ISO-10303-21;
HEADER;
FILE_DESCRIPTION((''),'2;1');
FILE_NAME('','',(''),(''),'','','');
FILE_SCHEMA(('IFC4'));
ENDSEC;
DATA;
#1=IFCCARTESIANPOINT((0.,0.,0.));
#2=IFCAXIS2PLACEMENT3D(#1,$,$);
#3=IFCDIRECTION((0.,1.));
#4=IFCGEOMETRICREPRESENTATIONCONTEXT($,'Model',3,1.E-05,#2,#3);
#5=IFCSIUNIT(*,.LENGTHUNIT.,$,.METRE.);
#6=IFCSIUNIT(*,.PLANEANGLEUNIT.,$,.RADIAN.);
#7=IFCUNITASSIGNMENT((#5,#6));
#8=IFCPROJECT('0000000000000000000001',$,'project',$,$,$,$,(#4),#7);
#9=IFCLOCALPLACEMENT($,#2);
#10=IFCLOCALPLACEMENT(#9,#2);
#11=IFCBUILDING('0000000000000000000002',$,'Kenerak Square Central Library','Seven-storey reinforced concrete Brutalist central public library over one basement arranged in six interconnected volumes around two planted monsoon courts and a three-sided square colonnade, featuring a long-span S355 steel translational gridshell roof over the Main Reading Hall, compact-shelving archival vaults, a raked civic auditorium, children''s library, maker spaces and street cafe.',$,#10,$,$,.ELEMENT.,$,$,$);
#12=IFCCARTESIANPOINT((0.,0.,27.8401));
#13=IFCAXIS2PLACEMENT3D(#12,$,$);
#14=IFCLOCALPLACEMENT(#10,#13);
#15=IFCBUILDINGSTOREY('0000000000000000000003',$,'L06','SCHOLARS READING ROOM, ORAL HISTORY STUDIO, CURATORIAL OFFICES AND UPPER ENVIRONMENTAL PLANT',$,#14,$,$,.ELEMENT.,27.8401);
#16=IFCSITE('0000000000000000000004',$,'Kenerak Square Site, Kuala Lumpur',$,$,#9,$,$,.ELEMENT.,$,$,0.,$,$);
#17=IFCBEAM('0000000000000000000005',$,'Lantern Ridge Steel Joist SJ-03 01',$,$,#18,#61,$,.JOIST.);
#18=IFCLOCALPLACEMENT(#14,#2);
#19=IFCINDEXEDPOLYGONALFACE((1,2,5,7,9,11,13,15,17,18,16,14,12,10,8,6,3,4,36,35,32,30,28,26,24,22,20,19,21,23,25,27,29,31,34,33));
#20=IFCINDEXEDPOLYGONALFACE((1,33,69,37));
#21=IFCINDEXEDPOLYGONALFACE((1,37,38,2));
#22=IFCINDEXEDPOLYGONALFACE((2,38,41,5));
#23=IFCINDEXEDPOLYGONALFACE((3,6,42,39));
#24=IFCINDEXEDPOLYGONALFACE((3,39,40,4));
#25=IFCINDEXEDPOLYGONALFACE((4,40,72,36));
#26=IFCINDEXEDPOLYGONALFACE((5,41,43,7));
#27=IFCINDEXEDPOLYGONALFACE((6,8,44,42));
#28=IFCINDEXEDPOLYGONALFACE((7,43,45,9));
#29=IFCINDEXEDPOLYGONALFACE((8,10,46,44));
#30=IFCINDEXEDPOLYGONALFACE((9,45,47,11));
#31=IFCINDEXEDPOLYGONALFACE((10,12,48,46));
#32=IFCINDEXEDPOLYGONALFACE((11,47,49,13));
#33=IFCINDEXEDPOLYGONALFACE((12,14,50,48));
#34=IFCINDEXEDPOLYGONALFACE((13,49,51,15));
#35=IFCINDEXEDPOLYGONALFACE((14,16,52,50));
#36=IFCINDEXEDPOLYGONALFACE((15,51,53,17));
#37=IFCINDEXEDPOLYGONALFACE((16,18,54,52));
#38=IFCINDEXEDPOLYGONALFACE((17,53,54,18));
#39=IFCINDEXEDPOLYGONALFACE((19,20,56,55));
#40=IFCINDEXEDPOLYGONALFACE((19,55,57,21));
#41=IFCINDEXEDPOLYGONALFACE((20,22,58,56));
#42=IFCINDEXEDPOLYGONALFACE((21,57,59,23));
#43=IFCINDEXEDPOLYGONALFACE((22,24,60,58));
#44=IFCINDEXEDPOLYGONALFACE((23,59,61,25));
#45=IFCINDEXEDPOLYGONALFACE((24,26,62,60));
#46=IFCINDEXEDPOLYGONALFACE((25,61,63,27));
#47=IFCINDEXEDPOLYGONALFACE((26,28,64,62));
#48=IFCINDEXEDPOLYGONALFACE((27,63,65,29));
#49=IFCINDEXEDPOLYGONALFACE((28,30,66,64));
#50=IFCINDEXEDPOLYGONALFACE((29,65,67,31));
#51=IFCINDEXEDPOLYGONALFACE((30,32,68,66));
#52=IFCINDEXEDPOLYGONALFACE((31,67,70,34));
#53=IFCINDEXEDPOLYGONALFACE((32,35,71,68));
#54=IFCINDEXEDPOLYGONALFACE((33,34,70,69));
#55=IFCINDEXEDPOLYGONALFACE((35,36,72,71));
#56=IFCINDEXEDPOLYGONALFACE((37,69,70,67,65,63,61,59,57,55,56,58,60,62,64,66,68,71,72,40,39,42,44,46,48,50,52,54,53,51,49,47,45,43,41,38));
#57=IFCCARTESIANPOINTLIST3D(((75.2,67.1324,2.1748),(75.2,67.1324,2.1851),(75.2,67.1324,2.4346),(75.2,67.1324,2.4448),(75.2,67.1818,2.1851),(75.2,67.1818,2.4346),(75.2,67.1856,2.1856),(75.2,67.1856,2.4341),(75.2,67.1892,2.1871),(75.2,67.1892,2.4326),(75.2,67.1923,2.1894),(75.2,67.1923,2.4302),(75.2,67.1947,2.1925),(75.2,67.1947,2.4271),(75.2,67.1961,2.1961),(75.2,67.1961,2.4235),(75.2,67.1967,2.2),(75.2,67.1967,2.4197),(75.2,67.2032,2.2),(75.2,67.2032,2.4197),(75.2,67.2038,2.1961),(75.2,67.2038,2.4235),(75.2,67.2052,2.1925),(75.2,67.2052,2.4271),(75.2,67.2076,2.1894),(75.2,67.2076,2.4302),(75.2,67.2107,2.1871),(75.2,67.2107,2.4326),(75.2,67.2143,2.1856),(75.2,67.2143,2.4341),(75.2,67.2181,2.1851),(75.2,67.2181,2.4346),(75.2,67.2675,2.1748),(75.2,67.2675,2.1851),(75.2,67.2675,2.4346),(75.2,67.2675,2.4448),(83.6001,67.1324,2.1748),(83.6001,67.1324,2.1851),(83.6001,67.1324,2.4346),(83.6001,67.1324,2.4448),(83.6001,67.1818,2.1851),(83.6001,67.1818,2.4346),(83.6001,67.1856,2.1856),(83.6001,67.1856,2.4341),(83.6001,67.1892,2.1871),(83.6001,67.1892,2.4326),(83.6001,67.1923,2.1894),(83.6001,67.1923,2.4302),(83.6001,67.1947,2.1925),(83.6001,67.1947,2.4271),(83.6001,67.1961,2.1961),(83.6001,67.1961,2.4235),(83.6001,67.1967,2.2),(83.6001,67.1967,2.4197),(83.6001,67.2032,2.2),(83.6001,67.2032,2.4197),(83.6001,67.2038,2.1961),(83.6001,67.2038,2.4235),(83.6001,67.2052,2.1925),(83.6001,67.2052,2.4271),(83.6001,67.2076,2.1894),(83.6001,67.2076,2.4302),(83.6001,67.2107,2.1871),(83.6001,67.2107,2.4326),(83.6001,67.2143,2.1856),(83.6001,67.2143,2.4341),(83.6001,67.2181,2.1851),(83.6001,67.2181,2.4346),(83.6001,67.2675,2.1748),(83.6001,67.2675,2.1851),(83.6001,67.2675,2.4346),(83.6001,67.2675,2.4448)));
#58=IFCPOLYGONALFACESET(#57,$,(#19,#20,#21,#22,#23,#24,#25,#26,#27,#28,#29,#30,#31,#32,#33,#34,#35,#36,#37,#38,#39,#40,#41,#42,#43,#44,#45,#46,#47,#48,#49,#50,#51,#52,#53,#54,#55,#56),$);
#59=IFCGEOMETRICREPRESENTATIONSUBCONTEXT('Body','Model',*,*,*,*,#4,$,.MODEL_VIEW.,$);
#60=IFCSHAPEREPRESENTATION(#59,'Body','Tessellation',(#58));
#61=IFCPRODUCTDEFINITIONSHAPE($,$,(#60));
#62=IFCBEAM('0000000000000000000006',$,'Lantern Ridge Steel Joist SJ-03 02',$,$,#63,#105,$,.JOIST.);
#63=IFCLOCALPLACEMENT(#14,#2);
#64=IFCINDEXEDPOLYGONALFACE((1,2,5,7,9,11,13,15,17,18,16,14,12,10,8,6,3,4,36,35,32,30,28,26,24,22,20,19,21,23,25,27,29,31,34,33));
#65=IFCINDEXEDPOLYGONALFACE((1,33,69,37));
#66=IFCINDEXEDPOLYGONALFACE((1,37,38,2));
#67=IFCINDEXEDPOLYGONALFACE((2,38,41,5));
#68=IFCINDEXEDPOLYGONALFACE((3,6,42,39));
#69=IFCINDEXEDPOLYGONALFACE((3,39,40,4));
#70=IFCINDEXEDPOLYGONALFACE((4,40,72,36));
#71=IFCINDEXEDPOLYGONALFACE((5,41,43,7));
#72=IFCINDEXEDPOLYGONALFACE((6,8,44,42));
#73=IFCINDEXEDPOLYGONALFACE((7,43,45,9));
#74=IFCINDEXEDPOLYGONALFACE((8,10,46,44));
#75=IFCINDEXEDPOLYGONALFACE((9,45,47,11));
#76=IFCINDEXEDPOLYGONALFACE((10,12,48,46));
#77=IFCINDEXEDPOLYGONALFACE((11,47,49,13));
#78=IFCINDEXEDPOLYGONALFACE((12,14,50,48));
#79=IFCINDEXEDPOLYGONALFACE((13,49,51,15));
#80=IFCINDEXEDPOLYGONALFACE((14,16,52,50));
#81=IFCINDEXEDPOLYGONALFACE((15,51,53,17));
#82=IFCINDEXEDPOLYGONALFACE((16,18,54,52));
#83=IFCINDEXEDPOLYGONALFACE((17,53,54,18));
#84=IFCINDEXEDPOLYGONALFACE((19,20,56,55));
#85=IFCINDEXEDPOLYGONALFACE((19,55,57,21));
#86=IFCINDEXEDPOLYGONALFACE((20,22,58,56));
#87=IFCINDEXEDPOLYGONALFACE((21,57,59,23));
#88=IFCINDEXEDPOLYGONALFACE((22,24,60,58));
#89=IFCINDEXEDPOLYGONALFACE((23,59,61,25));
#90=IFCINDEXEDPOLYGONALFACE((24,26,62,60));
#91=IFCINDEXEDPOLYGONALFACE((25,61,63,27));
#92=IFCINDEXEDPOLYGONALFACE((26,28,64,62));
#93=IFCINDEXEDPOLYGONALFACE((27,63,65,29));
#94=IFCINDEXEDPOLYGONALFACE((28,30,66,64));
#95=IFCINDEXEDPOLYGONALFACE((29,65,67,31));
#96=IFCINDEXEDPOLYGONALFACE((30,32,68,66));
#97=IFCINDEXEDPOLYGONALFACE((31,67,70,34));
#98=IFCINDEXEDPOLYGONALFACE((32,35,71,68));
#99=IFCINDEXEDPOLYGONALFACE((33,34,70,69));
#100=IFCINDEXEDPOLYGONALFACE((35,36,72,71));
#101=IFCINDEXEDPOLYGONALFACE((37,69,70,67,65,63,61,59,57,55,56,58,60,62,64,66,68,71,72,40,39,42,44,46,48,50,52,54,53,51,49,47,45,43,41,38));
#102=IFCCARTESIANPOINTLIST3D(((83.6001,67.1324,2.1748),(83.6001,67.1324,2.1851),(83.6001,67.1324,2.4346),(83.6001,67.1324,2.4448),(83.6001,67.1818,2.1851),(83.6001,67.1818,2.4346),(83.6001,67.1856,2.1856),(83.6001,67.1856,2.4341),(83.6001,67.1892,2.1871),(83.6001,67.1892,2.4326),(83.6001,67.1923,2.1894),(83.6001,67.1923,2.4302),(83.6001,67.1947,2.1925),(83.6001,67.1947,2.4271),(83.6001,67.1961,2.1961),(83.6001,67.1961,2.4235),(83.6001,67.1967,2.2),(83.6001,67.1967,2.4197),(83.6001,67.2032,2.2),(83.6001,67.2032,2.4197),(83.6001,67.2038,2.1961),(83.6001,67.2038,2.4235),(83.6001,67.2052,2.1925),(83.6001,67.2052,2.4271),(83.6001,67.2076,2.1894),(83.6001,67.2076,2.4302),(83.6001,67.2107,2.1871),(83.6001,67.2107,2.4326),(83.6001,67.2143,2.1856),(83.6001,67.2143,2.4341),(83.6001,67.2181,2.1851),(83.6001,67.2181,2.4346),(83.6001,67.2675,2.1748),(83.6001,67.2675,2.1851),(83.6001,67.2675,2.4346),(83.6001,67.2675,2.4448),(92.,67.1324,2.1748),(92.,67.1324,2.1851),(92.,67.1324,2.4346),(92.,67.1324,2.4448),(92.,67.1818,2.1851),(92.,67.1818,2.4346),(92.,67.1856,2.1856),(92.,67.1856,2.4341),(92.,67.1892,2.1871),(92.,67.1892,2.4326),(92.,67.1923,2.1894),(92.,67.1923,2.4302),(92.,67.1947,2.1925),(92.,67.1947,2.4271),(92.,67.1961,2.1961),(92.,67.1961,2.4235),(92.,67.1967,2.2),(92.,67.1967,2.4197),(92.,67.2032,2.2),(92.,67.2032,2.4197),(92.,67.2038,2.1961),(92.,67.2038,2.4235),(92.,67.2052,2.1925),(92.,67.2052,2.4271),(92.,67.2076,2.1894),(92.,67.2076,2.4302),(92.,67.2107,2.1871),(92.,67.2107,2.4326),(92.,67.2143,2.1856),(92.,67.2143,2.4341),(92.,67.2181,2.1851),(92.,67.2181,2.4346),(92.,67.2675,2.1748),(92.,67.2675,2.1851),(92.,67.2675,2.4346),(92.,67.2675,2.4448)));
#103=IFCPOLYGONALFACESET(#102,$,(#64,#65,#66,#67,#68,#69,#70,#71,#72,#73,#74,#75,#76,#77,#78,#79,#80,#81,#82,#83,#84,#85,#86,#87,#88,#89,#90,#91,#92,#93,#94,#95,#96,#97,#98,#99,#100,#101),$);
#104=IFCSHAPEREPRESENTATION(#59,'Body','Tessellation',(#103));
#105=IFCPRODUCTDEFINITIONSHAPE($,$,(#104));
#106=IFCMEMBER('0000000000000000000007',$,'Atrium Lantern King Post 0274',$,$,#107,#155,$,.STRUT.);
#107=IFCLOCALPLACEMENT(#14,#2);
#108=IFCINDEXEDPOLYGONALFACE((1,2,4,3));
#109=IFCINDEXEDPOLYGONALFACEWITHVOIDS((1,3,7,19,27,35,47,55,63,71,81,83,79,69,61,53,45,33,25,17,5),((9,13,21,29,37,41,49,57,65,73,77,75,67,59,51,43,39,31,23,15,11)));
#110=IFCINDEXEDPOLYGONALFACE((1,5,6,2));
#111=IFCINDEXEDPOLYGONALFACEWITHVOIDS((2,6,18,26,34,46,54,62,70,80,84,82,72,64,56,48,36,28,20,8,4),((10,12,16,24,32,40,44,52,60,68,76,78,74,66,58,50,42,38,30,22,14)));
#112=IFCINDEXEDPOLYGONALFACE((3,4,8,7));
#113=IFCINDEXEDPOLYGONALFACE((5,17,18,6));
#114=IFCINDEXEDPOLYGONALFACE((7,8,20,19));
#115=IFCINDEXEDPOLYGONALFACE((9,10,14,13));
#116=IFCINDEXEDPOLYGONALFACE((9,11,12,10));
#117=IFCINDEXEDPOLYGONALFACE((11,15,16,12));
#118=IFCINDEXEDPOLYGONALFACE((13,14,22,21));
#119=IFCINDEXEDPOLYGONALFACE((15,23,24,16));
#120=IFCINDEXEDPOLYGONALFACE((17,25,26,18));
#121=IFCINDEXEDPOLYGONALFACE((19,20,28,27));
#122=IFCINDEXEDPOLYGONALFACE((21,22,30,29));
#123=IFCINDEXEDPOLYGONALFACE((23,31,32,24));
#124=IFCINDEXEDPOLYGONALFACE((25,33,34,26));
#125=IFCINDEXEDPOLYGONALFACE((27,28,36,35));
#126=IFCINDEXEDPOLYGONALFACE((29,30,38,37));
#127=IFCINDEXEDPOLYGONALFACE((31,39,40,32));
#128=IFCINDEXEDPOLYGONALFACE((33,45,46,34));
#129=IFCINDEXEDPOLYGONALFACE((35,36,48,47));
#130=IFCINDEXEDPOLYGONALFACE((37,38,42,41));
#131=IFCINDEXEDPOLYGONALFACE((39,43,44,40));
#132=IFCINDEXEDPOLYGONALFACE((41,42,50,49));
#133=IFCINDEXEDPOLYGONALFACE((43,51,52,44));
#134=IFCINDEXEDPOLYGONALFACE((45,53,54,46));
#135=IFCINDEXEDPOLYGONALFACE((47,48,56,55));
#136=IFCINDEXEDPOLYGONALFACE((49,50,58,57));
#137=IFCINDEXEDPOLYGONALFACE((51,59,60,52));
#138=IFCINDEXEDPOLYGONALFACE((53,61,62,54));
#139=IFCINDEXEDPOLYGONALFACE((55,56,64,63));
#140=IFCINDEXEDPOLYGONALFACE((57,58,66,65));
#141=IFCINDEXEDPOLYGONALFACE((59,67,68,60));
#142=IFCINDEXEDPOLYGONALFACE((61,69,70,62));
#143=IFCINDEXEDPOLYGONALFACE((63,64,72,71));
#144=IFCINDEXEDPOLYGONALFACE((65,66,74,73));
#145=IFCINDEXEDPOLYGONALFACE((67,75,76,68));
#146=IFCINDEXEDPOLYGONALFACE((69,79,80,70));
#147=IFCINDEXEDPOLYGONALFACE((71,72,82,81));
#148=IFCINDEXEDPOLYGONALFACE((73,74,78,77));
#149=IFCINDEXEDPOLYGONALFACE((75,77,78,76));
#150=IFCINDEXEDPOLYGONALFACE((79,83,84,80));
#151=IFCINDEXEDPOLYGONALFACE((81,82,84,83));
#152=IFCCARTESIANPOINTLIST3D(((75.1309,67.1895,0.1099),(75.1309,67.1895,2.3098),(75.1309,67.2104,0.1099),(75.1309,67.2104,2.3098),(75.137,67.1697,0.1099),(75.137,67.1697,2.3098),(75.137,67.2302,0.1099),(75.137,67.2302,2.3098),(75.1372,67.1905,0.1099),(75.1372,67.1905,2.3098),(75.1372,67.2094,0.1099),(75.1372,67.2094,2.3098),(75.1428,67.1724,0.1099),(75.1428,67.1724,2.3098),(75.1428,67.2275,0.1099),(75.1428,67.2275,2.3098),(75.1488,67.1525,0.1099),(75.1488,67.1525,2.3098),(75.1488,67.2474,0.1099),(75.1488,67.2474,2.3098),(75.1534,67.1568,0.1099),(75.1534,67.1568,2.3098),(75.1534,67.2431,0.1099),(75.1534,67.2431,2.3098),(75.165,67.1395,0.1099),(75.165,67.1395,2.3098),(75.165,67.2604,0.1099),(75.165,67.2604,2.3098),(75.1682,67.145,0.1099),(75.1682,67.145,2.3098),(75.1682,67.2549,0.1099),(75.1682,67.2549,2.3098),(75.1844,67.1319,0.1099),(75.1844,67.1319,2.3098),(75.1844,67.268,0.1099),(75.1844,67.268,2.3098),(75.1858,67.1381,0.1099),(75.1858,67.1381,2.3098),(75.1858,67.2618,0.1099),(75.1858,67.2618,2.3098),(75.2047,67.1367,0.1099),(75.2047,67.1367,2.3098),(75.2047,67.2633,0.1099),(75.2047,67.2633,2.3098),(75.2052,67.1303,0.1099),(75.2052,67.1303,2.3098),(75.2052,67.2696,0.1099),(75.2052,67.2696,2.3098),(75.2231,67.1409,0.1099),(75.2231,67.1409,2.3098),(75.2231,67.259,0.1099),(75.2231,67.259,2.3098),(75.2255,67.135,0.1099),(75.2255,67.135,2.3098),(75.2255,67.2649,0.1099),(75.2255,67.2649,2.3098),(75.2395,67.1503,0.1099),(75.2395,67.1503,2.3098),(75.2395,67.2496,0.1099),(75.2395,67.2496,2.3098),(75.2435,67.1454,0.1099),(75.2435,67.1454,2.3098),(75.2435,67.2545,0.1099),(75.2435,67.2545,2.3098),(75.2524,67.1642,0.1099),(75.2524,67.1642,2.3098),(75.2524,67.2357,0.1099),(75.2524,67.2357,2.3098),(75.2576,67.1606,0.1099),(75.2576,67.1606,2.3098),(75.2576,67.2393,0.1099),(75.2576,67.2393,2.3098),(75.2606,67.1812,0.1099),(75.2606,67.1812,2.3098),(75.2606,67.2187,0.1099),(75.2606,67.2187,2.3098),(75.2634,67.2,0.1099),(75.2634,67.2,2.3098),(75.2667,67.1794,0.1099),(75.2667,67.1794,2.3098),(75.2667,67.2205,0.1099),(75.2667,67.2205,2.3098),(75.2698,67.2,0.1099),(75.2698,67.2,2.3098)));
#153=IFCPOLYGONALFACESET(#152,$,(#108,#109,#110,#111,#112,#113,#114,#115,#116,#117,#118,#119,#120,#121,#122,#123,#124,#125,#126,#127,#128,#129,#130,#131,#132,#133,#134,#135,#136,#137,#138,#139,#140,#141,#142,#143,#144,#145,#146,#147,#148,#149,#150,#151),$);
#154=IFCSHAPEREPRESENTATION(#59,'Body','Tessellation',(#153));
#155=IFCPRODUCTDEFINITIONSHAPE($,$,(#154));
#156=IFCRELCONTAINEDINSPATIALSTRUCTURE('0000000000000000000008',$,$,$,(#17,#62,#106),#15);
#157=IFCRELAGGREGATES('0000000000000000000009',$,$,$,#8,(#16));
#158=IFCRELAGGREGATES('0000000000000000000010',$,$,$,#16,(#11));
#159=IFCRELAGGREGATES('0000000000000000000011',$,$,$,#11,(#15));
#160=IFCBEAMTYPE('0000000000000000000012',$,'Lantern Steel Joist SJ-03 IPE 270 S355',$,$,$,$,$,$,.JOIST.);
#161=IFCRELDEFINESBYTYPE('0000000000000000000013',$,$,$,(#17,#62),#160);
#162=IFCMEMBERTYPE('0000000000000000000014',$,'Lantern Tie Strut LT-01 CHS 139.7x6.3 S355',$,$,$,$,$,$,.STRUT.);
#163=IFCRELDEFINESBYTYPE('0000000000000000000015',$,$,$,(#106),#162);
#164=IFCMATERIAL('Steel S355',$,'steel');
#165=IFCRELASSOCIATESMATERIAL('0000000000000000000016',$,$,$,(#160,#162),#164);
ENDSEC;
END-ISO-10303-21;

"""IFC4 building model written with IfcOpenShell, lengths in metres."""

from ifc_helpers import new_model, si_unit, direction, frame, origin, origin_2d, place, context, subcontext, project, spatial, hollow_circle, i_section, extrude, material, material_profile, profile_set, type_object, element, save


model = new_model("IFC4")

# Units and contexts
model_context = context("Model", 3, precision=1e-05, world=origin(), true_north=direction((0.0, 1.0)))
body_context = subcontext(model_context, "Body", "Model", "MODEL_VIEW")
ifc_project = project(units=[si_unit("LENGTHUNIT", "METRE"), si_unit("PLANEANGLEUNIT", "RADIAN")], contexts=[model_context])

# Site, building, storey
site_placement = place(None, origin())
site = spatial("IfcSite", under=ifc_project, at=site_placement, Name="Kenerak Square Site, Kuala Lumpur", CompositionType="ELEMENT", RefElevation=0.0)
building_placement = place(site_placement, origin())
building = spatial("IfcBuilding", under=site, at=building_placement, Name="Kenerak Square Central Library", Description="Seven-storey reinforced concrete Brutalist central public library over one basement arranged in six interconnected volumes around two planted monsoon courts and a three-sided square colonnade, featuring a long-span S355 steel translational gridshell roof over the Main Reading Hall, compact-shelving archival vaults, a raked civic auditorium, children's library, maker spaces and street cafe.", CompositionType="ELEMENT")
storey_placement = place(building_placement, frame((0.0, 0.0, 27.8401)))
storey = spatial("IfcBuildingStorey", under=building, at=storey_placement, Name="L06", Description="SCHOLARS READING ROOM, ORAL HISTORY STUDIO, CURATORIAL OFFICES AND UPPER ENVIRONMENTAL PLANT", CompositionType="ELEMENT", Elevation=27.8401)

# Shared definitions
ifc_material_1 = material(Name="Steel S355", Category="steel")

# Beams
ifc_material_profile_1 = material_profile(ifc_material_1, i_section(OverallWidth=0.135, OverallDepth=0.27, WebThickness=0.0066, FlangeThickness=0.0103, FilletRadius=0.0149, at=origin_2d()), Name="IPE 270")
ifc_profile_set_1 = profile_set([ifc_material_profile_1], Name="Steel S355")
beam_type_1 = type_object("IfcBeamType", Name="Lantern Steel Joist SJ-03 IPE 270 S355", PredefinedType="JOIST", material=ifc_profile_set_1)
beam_1_placement = place(storey_placement, frame((75.2, 67.2, 2.3098), z_axis=(1.0, 0.0, 0.0), x_axis=(0.0, 1.0, 0.0)))
element("IfcBeam", 1, at=beam_1_placement, inside=storey, type_object=beam_type_1, Name="Lantern Ridge Steel Joist SJ-03 01", PredefinedType="JOIST", context=body_context, shape_type="SweptSolid", body=[
    extrude(i_section(OverallWidth=0.135, OverallDepth=0.27, WebThickness=0.0066, FlangeThickness=0.0103, FilletRadius=0.0149, at=origin_2d()), origin(), (0.0, 0.0, 1.0), 8.4001),
])
beam_2_placement = place(storey_placement, frame((83.6001, 67.2, 2.3098), z_axis=(1.0, 0.0, 0.0), x_axis=(0.0, 1.0, 0.0)))
element("IfcBeam", 2, at=beam_2_placement, inside=storey, type_object=beam_type_1, Name="Lantern Ridge Steel Joist SJ-03 02", PredefinedType="JOIST", context=body_context, shape_type="SweptSolid", body=[
    extrude(i_section(OverallWidth=0.135, OverallDepth=0.27, WebThickness=0.0066, FlangeThickness=0.0103, FilletRadius=0.0149, at=origin_2d()), origin(), (0.0, 0.0, 1.0), 8.3999),
])

# Member
ifc_material_profile_2 = material_profile(ifc_material_1, hollow_circle(Radius=0.0698, WallThickness=0.0063, at=origin_2d()), Name="CHS 139.7x6.3")
ifc_profile_set_2 = profile_set([ifc_material_profile_2], Name="Steel S355")
member_type_1 = type_object("IfcMemberType", Name="Lantern Tie Strut LT-01 CHS 139.7x6.3 S355", PredefinedType="STRUT", material=ifc_profile_set_2)
for number, where, z_axis, x_axis, name in (
    (3, (75.2, 67.2, 0.1099), (0.0, 0.0, 1.0), (1.0, 0.0, 0.0), "Atrium Lantern King Post 0274"),
):
    element("IfcMember", number, at=place(storey_placement, frame(where, z_axis=z_axis, x_axis=x_axis)), inside=storey, type_object=member_type_1, Name=name, PredefinedType="STRUT", context=body_context, shape_type="SweptSolid", body=[
        extrude(hollow_circle(Radius=0.0698, WallThickness=0.0063, at=origin_2d()), origin(), (0.0, 0.0, 1.0), 2.2),
    ])

save(model, "model.ifc")
